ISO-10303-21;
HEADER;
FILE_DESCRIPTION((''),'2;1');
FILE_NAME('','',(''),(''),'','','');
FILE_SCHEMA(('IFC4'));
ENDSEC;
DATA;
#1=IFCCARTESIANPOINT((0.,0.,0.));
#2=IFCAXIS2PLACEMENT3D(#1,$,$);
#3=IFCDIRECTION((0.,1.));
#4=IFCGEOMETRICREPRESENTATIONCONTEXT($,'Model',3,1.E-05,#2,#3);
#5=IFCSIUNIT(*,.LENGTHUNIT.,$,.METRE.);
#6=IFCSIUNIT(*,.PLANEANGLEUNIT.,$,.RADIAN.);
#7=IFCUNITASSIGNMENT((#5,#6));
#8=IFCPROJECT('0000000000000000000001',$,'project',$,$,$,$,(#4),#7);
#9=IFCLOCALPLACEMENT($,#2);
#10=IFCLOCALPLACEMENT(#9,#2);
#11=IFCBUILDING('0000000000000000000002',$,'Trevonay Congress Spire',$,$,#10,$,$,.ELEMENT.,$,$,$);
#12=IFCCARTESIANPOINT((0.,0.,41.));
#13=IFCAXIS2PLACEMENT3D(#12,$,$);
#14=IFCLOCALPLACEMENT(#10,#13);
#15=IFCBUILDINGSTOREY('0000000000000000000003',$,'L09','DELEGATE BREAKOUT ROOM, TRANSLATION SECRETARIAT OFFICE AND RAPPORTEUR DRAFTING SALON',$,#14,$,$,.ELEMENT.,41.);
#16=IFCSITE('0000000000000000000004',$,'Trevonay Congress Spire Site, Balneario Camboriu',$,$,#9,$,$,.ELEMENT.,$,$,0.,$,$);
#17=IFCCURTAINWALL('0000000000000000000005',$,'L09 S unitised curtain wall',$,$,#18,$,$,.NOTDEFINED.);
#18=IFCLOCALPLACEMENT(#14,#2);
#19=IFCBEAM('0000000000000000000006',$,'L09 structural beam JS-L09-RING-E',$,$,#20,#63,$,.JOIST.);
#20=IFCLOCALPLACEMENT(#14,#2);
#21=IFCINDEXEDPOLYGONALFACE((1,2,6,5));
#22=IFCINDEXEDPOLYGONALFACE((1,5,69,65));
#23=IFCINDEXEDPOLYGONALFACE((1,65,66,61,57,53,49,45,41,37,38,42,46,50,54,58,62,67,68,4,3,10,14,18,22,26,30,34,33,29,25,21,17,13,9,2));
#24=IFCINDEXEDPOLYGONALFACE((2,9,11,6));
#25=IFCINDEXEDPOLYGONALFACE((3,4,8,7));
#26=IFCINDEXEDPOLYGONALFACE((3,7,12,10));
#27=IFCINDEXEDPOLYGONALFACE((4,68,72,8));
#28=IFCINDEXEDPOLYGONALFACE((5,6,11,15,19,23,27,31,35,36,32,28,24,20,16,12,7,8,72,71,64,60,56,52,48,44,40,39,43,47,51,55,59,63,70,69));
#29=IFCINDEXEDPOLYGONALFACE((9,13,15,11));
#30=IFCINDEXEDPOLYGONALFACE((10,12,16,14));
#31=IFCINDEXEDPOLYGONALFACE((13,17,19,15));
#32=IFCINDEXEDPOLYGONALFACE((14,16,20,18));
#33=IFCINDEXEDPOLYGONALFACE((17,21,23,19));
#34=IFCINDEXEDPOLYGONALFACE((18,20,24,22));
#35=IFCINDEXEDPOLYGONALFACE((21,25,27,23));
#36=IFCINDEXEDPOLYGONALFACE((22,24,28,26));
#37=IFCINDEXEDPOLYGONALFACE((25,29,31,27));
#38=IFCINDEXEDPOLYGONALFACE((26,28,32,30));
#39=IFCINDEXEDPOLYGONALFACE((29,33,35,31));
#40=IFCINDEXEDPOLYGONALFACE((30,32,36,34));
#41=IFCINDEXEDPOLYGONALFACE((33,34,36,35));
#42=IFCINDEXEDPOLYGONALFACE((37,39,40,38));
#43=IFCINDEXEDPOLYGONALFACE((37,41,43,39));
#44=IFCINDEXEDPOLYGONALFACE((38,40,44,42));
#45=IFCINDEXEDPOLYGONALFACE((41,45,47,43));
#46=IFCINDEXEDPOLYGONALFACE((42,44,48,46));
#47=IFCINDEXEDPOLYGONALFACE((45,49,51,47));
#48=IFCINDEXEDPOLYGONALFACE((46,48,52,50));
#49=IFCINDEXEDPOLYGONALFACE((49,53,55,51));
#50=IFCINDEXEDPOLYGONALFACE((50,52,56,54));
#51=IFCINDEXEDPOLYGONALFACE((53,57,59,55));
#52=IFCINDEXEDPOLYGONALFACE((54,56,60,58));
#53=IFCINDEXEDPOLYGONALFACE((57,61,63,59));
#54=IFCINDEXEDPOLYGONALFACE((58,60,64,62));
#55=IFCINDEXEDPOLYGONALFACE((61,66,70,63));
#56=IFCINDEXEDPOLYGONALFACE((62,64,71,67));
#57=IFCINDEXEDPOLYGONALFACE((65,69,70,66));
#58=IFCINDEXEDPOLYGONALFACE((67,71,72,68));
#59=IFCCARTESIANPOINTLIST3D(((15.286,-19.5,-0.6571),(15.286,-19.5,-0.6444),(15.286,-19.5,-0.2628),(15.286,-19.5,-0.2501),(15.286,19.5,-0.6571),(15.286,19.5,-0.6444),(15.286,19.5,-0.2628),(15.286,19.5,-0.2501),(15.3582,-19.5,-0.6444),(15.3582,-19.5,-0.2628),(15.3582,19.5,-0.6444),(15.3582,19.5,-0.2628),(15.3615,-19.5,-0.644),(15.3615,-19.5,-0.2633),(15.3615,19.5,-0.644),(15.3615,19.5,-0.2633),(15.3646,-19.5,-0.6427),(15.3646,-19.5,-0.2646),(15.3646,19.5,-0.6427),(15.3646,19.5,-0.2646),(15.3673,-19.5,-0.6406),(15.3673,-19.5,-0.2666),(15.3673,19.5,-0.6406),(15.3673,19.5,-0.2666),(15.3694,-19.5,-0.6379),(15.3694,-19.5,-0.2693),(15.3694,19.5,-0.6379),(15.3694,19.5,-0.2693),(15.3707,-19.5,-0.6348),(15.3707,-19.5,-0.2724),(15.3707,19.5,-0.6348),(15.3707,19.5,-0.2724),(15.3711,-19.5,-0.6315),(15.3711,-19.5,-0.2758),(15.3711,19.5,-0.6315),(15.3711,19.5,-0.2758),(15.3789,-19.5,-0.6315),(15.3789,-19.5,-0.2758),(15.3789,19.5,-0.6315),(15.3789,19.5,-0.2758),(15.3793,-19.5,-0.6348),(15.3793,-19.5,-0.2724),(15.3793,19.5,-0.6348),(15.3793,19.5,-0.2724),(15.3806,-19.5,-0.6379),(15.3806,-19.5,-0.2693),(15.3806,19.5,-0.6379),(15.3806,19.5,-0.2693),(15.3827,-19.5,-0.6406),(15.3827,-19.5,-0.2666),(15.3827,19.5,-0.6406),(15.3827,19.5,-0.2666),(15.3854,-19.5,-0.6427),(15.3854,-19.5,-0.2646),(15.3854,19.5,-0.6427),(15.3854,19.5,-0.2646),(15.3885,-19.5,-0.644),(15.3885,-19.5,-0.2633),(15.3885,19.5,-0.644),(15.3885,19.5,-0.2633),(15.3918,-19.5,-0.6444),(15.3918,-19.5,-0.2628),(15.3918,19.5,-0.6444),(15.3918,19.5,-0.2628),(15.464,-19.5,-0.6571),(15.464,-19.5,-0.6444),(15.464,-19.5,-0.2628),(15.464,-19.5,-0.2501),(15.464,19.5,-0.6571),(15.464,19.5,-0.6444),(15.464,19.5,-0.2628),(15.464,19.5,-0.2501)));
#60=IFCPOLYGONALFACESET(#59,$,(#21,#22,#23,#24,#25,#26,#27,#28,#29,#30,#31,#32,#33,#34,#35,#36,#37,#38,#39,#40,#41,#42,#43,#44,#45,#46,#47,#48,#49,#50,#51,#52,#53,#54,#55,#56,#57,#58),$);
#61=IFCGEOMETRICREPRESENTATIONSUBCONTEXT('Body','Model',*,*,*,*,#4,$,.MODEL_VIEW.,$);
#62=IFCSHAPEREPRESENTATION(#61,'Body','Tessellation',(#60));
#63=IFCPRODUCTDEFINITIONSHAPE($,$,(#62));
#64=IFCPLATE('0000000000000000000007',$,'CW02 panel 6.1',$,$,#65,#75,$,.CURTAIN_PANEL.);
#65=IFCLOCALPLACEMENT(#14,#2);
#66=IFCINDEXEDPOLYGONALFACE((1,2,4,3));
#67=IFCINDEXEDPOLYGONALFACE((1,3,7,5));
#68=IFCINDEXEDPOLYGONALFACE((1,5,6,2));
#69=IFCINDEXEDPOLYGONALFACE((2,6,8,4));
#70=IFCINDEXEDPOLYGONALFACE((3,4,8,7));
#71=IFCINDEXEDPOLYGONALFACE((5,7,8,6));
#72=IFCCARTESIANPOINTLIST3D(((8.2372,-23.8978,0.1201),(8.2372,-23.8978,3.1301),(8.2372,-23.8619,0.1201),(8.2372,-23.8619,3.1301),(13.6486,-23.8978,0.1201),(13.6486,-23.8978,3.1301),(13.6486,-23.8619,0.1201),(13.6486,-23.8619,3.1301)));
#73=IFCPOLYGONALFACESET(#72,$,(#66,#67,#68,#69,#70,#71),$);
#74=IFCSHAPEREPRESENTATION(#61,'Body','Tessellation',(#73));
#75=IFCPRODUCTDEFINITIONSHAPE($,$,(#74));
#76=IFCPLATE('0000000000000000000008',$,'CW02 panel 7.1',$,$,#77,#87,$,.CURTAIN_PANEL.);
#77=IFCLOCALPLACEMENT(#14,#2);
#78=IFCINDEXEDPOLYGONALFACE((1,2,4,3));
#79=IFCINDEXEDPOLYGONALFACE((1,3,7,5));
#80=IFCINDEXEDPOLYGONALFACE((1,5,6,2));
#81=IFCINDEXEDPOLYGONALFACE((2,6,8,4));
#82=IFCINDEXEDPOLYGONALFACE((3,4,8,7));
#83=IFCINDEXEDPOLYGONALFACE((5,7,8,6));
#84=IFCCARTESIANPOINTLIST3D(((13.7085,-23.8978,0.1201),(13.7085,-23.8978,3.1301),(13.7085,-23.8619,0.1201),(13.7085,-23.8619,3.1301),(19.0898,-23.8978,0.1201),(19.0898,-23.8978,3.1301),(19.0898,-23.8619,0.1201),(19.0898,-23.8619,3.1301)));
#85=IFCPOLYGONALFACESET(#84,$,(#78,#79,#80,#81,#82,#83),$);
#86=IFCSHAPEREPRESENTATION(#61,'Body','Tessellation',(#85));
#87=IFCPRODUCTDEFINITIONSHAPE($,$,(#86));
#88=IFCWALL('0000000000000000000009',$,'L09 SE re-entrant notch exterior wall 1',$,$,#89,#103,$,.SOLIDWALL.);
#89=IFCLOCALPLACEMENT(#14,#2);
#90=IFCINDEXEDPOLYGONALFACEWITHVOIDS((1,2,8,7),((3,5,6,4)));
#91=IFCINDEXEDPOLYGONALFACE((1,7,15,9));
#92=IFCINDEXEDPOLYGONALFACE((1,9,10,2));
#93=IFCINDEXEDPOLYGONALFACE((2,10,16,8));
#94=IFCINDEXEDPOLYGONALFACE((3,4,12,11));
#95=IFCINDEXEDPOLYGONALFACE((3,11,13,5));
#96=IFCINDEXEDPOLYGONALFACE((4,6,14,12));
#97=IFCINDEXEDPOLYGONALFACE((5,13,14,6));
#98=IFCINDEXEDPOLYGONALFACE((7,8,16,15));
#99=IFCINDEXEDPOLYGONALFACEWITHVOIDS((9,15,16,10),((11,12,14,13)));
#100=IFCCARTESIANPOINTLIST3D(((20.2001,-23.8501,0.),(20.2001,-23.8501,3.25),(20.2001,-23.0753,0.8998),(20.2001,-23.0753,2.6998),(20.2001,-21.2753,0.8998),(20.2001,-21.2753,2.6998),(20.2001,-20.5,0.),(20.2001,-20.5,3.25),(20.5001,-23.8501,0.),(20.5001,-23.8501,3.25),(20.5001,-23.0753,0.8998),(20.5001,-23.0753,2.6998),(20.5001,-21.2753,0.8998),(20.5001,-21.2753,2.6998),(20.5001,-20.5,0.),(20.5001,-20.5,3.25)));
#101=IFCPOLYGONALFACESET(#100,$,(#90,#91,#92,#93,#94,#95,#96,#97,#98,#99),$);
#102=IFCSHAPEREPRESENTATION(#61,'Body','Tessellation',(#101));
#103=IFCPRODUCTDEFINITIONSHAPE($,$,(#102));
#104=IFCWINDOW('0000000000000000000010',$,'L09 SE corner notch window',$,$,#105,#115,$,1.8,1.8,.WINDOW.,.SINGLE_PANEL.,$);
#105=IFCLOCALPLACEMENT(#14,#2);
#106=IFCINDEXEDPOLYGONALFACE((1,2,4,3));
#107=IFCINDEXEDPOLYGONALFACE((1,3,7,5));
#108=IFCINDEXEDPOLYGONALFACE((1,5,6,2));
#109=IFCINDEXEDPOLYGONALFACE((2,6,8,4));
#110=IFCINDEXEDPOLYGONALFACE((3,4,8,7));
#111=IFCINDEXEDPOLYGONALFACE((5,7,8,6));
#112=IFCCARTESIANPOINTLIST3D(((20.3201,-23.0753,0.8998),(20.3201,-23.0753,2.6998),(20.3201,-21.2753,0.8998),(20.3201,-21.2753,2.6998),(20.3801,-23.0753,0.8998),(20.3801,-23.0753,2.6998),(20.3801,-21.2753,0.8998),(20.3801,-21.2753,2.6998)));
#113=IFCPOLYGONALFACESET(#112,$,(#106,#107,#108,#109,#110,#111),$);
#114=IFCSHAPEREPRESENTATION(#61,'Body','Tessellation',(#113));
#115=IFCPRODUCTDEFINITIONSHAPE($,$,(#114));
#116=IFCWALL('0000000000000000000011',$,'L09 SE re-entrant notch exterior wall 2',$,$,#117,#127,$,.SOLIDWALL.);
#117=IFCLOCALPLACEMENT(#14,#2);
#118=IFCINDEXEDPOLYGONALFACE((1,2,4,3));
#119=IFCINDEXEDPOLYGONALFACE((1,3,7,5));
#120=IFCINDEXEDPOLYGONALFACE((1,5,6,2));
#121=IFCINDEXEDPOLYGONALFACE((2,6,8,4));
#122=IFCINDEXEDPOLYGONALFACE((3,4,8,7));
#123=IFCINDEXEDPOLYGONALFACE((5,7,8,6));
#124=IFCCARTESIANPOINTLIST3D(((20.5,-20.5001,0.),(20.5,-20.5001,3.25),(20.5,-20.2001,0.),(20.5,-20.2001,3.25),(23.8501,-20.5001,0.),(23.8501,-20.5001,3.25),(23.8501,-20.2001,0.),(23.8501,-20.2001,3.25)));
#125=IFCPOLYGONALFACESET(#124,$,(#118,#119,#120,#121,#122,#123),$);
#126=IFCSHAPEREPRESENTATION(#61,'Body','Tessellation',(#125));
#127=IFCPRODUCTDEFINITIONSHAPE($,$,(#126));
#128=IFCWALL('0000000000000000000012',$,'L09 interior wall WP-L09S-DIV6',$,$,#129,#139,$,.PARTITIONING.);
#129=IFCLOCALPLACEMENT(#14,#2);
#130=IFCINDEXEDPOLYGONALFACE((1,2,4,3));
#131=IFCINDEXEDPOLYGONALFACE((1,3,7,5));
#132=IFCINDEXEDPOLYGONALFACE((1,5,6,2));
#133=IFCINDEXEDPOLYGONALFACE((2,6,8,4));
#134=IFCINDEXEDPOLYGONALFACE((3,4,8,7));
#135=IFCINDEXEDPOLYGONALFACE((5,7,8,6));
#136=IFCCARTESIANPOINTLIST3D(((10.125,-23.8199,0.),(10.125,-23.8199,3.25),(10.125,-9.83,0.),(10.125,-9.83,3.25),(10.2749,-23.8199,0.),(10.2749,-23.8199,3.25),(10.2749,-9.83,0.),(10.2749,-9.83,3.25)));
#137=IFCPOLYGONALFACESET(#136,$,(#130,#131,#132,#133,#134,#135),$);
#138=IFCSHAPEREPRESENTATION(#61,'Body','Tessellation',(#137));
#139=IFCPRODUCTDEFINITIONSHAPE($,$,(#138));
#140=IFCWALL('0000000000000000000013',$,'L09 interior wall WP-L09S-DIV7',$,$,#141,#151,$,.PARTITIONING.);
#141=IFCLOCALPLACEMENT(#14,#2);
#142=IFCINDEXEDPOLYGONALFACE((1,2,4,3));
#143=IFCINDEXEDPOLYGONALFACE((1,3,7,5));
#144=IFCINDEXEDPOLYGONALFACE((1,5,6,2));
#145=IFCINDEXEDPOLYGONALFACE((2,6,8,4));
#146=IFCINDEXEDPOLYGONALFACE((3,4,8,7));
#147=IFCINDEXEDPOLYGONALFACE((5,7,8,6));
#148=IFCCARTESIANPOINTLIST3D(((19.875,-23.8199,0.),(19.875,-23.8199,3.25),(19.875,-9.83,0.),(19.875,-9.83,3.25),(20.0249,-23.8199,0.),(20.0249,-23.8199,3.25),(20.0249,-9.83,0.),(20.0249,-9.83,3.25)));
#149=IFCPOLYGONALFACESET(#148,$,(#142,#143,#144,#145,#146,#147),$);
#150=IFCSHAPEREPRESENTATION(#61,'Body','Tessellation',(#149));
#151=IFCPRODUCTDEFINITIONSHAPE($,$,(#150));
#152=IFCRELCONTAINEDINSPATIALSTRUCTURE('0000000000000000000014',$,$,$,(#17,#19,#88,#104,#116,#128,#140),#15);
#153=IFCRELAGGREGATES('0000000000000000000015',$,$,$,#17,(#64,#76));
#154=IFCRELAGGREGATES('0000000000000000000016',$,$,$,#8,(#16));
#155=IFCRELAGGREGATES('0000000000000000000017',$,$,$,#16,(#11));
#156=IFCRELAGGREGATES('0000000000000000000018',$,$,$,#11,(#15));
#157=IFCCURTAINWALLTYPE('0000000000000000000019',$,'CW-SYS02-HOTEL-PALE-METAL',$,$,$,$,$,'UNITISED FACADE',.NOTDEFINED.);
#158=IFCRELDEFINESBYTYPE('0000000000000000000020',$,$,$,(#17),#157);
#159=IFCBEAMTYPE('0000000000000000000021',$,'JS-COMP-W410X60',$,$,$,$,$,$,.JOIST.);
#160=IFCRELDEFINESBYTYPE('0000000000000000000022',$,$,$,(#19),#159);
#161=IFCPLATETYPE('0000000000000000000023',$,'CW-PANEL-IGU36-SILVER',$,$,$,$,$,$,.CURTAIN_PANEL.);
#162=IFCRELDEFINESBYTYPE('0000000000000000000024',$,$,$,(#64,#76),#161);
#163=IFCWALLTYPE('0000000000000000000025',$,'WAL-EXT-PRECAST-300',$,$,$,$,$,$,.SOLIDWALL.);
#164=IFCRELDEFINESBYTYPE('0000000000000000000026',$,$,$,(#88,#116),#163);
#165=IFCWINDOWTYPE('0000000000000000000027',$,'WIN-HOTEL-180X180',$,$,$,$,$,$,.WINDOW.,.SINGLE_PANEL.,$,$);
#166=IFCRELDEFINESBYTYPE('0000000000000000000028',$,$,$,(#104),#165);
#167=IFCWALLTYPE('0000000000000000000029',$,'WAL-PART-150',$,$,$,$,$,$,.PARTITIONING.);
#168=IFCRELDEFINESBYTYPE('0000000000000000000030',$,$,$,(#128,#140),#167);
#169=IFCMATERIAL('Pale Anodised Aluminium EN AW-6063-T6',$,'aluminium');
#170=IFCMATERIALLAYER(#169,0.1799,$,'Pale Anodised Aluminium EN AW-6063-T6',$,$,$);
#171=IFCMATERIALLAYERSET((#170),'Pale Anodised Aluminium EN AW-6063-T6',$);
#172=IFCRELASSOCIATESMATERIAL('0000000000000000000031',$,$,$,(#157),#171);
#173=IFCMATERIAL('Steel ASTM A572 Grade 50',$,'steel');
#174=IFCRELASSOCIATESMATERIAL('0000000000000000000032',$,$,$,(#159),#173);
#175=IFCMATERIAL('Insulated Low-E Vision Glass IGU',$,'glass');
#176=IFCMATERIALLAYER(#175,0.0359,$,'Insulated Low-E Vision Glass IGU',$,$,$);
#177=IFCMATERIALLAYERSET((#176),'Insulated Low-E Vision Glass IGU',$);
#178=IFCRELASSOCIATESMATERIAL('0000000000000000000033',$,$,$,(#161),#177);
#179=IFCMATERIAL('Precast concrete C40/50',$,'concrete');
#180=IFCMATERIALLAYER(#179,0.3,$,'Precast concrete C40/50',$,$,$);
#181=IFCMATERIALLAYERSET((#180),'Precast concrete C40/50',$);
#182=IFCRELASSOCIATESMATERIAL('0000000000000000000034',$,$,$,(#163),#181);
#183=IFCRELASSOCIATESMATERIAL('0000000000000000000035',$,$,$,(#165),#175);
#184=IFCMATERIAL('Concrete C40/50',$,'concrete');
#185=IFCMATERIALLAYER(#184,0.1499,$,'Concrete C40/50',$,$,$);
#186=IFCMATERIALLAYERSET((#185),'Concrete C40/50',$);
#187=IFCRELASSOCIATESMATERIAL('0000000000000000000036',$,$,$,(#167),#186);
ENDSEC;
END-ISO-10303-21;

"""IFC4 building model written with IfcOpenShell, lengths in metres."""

from ifc_helpers import new_model, si_unit, direction, frame, frame_2d, origin, origin_2d, place, context, subcontext, project, spatial, rectangle, i_section, extrude, material, layer, layer_set, material_profile, profile_set, type_object, element, fill, aggregate, save


model = new_model("IFC4")

# Units and contexts
model_context = context("Model", 3, precision=1e-05, world=origin(), true_north=direction((0.0, 1.0)))
body_context = subcontext(model_context, "Body", "Model", "MODEL_VIEW")
ifc_project = project(units=[si_unit("LENGTHUNIT", "METRE"), si_unit("PLANEANGLEUNIT", "RADIAN")], contexts=[model_context])

# Site, building, storey
site_placement = place(None, origin())
site = spatial("IfcSite", under=ifc_project, at=site_placement, Name="Trevonay Congress Spire Site, Balneario Camboriu", CompositionType="ELEMENT", RefElevation=0.0)
building_placement = place(site_placement, origin())
building = spatial("IfcBuilding", under=site, at=building_placement, Name="Trevonay Congress Spire", CompositionType="ELEMENT")
storey_placement = place(building_placement, frame((0.0, 0.0, 41.0)))
storey = spatial("IfcBuildingStorey", under=building, at=storey_placement, Name="L09", Description="DELEGATE BREAKOUT ROOM, TRANSLATION SECRETARIAT OFFICE AND RAPPORTEUR DRAFTING SALON", CompositionType="ELEMENT", Elevation=41.0)

# Shared definitions
ifc_material_1 = material(Name="Steel ASTM A572 Grade 50", Category="steel")

# Curtain wall
ifc_material_2 = material(Name="Pale Anodised Aluminium EN AW-6063-T6", Category="aluminium")
ifc_layer_1 = layer(ifc_material_2, 0.1799, Name="Pale Anodised Aluminium EN AW-6063-T6")
ifc_layer_set_1 = layer_set([ifc_layer_1], Name="Pale Anodised Aluminium EN AW-6063-T6")
curtain_wall_type = type_object("IfcCurtainWallType", Name="CW-SYS02-HOTEL-PALE-METAL", ElementType="UNITISED FACADE", PredefinedType="NOTDEFINED", material=ifc_layer_set_1)
curtain_wall_1_placement = place(storey_placement, origin())
curtain_wall_1 = element("IfcCurtainWall", 1, at=curtain_wall_1_placement, inside=storey, type_object=curtain_wall_type, Name="L09 S unitised curtain wall", PredefinedType="NOTDEFINED")

# Beam
ifc_material_profile_1 = material_profile(ifc_material_1, i_section(OverallWidth=0.178, OverallDepth=0.407, WebThickness=0.0078, FlangeThickness=0.0127, FilletRadius=0.0129, at=origin_2d()), Name="W410x60")
ifc_profile_set_1 = profile_set([ifc_material_profile_1], Name="Steel ASTM A572 Grade 50")
beam_type_1 = type_object("IfcBeamType", Name="JS-COMP-W410X60", PredefinedType="JOIST", material=ifc_profile_set_1)
beam_placement = place(storey_placement, frame((15.375, -19.5, -0.4536), z_axis=(0.0, 1.0, 0.0), x_axis=(-1.0, 0.0, 0.0)))
element("IfcBeam", 2, at=beam_placement, inside=storey, type_object=beam_type_1, Name="L09 structural beam JS-L09-RING-E", PredefinedType="JOIST", context=body_context, shape_type="SweptSolid", body=[
    extrude(i_section(OverallWidth=0.178, OverallDepth=0.407, WebThickness=0.0078, FlangeThickness=0.0127, FilletRadius=0.0129, at=origin_2d()), origin(), (0.0, 0.0, 1.0), 39.0),
])

# Plates
ifc_material_3 = material(Name="Insulated Low-E Vision Glass IGU", Category="glass")
ifc_layer_2 = layer(ifc_material_3, 0.0359, Name="Insulated Low-E Vision Glass IGU")
ifc_layer_set_2 = layer_set([ifc_layer_2], Name="Insulated Low-E Vision Glass IGU")
plate_type = type_object("IfcPlateType", Name="CW-PANEL-IGU36-SILVER", PredefinedType="CURTAIN_PANEL", material=ifc_layer_set_2)
plate_1_placement = place(storey_placement, frame((10.9429, -23.8799, 0.1201), z_axis=(0.0, 0.0, 1.0), x_axis=(1.0, 0.0, 0.0)))
plate_1 = element("IfcPlate", 3, at=plate_1_placement, type_object=plate_type, Name="CW02 panel 6.1", PredefinedType="CURTAIN_PANEL", context=body_context, shape_type="SweptSolid", body=[
    extrude(rectangle(XDim=5.4114, YDim=0.0359, at=origin_2d()), origin(), (0.0, 0.0, 1.0), 3.01),
])
plate_2_placement = place(storey_placement, frame((16.3992, -23.8799, 0.1201), z_axis=(0.0, 0.0, 1.0), x_axis=(1.0, 0.0, 0.0)))
plate_2 = element("IfcPlate", 4, at=plate_2_placement, type_object=plate_type, Name="CW02 panel 7.1", PredefinedType="CURTAIN_PANEL", context=body_context, shape_type="SweptSolid", body=[
    extrude(rectangle(XDim=5.3813, YDim=0.0359, at=origin_2d()), origin(), (0.0, 0.0, 1.0), 3.01),
])
aggregate(curtain_wall_1, [plate_1, plate_2])

# Wall, opening, window
ifc_material_4 = material(Name="Precast concrete C40/50", Category="concrete")
ifc_layer_3 = layer(ifc_material_4, 0.3, Name="Precast concrete C40/50")
ifc_layer_set_3 = layer_set([ifc_layer_3], Name="Precast concrete C40/50")
wall_type_1 = type_object("IfcWallType", Name="WAL-EXT-PRECAST-300", PredefinedType="SOLIDWALL", material=ifc_layer_set_3)
wall_1_placement = place(storey_placement, frame((20.3501, -23.8501, 0.0), z_axis=(0.0, 0.0, 1.0), x_axis=(0.0, 1.0, 0.0)))
wall_1 = element("IfcWall", 5, at=wall_1_placement, inside=storey, type_object=wall_type_1, Name="L09 SE re-entrant notch exterior wall 1", PredefinedType="SOLIDWALL", context=body_context, shape_type="SweptSolid", body=[
    extrude(rectangle(XDim=3.3501, YDim=0.3, at=frame_2d((1.675, 0.0))), origin(), (0.0, 0.0, 1.0), 3.25),
])
opening_placement = place(wall_1_placement, frame((0.7749, 0.0, 0.8999)))
opening = element("IfcOpeningElement", 6, at=opening_placement, cuts=wall_1, PredefinedType="OPENING", context=body_context, shape_type="SweptSolid", body=[
    extrude(rectangle(XDim=1.8, YDim=1.8, at=frame_2d((0.8999, 0.8999))), frame((0.0, 0.1602, 0.0), z_axis=(0.0, -1.0, 0.0), x_axis=(1.0, 0.0, 0.0)), (0.0, 0.0, 1.0), 0.3201),
])
window_type = type_object("IfcWindowType", Name="WIN-HOTEL-180X180", PartitioningType="SINGLE_PANEL", PredefinedType="WINDOW", material=ifc_material_3)
window_placement = place(opening_placement, origin())
window = element("IfcWindow", 7, at=window_placement, inside=storey, type_object=window_type, Name="L09 SE corner notch window", OverallHeight=1.8, OverallWidth=1.8, PartitioningType="SINGLE_PANEL", PredefinedType="WINDOW", context=body_context, shape_type="SweptSolid", body=[
    extrude(rectangle(XDim=1.8, YDim=1.8, at=frame_2d((0.8999, 0.8999))), frame((0.0, 0.03, 0.0), z_axis=(0.0, -1.0, 0.0), x_axis=(1.0, 0.0, 0.0)), (0.0, 0.0, 1.0), 0.0601),
])
fill(opening, window)

# Walls
wall_2_placement = place(storey_placement, frame((23.8501, -20.3501, 0.0), z_axis=(0.0, 0.0, 1.0), x_axis=(-1.0, 0.0, 0.0)))
element("IfcWall", 8, at=wall_2_placement, inside=storey, type_object=wall_type_1, Name="L09 SE re-entrant notch exterior wall 2", PredefinedType="SOLIDWALL", context=body_context, shape_type="SweptSolid", body=[
    extrude(rectangle(XDim=3.3501, YDim=0.3, at=frame_2d((1.675, 0.0))), origin(), (0.0, 0.0, 1.0), 3.25),
])
ifc_material_5 = material(Name="Concrete C40/50", Category="concrete")
ifc_layer_4 = layer(ifc_material_5, 0.1499, Name="Concrete C40/50")
ifc_layer_set_4 = layer_set([ifc_layer_4], Name="Concrete C40/50")
wall_type_2 = type_object("IfcWallType", Name="WAL-PART-150", PredefinedType="PARTITIONING", material=ifc_layer_set_4)
for number, where, z_axis, x_axis, name in (
    (9, (10.2, -23.8201, 0.0), (0.0, 0.0, 1.0), (0.0, 1.0, 0.0), "L09 interior wall WP-L09S-DIV6"),
    (10, (19.95, -23.8201, 0.0), (0.0, 0.0, 1.0), (0.0, 1.0, 0.0), "L09 interior wall WP-L09S-DIV7"),
):
    element("IfcWall", number, at=place(storey_placement, frame(where, z_axis=z_axis, x_axis=x_axis)), inside=storey, type_object=wall_type_2, Name=name, PredefinedType="PARTITIONING", context=body_context, shape_type="SweptSolid", body=[
        extrude(rectangle(XDim=13.99, YDim=0.1499, at=frame_2d((6.9951, 0.0))), origin(), (0.0, 0.0, 1.0), 3.25),
    ])

save(model, "model.ifc")
